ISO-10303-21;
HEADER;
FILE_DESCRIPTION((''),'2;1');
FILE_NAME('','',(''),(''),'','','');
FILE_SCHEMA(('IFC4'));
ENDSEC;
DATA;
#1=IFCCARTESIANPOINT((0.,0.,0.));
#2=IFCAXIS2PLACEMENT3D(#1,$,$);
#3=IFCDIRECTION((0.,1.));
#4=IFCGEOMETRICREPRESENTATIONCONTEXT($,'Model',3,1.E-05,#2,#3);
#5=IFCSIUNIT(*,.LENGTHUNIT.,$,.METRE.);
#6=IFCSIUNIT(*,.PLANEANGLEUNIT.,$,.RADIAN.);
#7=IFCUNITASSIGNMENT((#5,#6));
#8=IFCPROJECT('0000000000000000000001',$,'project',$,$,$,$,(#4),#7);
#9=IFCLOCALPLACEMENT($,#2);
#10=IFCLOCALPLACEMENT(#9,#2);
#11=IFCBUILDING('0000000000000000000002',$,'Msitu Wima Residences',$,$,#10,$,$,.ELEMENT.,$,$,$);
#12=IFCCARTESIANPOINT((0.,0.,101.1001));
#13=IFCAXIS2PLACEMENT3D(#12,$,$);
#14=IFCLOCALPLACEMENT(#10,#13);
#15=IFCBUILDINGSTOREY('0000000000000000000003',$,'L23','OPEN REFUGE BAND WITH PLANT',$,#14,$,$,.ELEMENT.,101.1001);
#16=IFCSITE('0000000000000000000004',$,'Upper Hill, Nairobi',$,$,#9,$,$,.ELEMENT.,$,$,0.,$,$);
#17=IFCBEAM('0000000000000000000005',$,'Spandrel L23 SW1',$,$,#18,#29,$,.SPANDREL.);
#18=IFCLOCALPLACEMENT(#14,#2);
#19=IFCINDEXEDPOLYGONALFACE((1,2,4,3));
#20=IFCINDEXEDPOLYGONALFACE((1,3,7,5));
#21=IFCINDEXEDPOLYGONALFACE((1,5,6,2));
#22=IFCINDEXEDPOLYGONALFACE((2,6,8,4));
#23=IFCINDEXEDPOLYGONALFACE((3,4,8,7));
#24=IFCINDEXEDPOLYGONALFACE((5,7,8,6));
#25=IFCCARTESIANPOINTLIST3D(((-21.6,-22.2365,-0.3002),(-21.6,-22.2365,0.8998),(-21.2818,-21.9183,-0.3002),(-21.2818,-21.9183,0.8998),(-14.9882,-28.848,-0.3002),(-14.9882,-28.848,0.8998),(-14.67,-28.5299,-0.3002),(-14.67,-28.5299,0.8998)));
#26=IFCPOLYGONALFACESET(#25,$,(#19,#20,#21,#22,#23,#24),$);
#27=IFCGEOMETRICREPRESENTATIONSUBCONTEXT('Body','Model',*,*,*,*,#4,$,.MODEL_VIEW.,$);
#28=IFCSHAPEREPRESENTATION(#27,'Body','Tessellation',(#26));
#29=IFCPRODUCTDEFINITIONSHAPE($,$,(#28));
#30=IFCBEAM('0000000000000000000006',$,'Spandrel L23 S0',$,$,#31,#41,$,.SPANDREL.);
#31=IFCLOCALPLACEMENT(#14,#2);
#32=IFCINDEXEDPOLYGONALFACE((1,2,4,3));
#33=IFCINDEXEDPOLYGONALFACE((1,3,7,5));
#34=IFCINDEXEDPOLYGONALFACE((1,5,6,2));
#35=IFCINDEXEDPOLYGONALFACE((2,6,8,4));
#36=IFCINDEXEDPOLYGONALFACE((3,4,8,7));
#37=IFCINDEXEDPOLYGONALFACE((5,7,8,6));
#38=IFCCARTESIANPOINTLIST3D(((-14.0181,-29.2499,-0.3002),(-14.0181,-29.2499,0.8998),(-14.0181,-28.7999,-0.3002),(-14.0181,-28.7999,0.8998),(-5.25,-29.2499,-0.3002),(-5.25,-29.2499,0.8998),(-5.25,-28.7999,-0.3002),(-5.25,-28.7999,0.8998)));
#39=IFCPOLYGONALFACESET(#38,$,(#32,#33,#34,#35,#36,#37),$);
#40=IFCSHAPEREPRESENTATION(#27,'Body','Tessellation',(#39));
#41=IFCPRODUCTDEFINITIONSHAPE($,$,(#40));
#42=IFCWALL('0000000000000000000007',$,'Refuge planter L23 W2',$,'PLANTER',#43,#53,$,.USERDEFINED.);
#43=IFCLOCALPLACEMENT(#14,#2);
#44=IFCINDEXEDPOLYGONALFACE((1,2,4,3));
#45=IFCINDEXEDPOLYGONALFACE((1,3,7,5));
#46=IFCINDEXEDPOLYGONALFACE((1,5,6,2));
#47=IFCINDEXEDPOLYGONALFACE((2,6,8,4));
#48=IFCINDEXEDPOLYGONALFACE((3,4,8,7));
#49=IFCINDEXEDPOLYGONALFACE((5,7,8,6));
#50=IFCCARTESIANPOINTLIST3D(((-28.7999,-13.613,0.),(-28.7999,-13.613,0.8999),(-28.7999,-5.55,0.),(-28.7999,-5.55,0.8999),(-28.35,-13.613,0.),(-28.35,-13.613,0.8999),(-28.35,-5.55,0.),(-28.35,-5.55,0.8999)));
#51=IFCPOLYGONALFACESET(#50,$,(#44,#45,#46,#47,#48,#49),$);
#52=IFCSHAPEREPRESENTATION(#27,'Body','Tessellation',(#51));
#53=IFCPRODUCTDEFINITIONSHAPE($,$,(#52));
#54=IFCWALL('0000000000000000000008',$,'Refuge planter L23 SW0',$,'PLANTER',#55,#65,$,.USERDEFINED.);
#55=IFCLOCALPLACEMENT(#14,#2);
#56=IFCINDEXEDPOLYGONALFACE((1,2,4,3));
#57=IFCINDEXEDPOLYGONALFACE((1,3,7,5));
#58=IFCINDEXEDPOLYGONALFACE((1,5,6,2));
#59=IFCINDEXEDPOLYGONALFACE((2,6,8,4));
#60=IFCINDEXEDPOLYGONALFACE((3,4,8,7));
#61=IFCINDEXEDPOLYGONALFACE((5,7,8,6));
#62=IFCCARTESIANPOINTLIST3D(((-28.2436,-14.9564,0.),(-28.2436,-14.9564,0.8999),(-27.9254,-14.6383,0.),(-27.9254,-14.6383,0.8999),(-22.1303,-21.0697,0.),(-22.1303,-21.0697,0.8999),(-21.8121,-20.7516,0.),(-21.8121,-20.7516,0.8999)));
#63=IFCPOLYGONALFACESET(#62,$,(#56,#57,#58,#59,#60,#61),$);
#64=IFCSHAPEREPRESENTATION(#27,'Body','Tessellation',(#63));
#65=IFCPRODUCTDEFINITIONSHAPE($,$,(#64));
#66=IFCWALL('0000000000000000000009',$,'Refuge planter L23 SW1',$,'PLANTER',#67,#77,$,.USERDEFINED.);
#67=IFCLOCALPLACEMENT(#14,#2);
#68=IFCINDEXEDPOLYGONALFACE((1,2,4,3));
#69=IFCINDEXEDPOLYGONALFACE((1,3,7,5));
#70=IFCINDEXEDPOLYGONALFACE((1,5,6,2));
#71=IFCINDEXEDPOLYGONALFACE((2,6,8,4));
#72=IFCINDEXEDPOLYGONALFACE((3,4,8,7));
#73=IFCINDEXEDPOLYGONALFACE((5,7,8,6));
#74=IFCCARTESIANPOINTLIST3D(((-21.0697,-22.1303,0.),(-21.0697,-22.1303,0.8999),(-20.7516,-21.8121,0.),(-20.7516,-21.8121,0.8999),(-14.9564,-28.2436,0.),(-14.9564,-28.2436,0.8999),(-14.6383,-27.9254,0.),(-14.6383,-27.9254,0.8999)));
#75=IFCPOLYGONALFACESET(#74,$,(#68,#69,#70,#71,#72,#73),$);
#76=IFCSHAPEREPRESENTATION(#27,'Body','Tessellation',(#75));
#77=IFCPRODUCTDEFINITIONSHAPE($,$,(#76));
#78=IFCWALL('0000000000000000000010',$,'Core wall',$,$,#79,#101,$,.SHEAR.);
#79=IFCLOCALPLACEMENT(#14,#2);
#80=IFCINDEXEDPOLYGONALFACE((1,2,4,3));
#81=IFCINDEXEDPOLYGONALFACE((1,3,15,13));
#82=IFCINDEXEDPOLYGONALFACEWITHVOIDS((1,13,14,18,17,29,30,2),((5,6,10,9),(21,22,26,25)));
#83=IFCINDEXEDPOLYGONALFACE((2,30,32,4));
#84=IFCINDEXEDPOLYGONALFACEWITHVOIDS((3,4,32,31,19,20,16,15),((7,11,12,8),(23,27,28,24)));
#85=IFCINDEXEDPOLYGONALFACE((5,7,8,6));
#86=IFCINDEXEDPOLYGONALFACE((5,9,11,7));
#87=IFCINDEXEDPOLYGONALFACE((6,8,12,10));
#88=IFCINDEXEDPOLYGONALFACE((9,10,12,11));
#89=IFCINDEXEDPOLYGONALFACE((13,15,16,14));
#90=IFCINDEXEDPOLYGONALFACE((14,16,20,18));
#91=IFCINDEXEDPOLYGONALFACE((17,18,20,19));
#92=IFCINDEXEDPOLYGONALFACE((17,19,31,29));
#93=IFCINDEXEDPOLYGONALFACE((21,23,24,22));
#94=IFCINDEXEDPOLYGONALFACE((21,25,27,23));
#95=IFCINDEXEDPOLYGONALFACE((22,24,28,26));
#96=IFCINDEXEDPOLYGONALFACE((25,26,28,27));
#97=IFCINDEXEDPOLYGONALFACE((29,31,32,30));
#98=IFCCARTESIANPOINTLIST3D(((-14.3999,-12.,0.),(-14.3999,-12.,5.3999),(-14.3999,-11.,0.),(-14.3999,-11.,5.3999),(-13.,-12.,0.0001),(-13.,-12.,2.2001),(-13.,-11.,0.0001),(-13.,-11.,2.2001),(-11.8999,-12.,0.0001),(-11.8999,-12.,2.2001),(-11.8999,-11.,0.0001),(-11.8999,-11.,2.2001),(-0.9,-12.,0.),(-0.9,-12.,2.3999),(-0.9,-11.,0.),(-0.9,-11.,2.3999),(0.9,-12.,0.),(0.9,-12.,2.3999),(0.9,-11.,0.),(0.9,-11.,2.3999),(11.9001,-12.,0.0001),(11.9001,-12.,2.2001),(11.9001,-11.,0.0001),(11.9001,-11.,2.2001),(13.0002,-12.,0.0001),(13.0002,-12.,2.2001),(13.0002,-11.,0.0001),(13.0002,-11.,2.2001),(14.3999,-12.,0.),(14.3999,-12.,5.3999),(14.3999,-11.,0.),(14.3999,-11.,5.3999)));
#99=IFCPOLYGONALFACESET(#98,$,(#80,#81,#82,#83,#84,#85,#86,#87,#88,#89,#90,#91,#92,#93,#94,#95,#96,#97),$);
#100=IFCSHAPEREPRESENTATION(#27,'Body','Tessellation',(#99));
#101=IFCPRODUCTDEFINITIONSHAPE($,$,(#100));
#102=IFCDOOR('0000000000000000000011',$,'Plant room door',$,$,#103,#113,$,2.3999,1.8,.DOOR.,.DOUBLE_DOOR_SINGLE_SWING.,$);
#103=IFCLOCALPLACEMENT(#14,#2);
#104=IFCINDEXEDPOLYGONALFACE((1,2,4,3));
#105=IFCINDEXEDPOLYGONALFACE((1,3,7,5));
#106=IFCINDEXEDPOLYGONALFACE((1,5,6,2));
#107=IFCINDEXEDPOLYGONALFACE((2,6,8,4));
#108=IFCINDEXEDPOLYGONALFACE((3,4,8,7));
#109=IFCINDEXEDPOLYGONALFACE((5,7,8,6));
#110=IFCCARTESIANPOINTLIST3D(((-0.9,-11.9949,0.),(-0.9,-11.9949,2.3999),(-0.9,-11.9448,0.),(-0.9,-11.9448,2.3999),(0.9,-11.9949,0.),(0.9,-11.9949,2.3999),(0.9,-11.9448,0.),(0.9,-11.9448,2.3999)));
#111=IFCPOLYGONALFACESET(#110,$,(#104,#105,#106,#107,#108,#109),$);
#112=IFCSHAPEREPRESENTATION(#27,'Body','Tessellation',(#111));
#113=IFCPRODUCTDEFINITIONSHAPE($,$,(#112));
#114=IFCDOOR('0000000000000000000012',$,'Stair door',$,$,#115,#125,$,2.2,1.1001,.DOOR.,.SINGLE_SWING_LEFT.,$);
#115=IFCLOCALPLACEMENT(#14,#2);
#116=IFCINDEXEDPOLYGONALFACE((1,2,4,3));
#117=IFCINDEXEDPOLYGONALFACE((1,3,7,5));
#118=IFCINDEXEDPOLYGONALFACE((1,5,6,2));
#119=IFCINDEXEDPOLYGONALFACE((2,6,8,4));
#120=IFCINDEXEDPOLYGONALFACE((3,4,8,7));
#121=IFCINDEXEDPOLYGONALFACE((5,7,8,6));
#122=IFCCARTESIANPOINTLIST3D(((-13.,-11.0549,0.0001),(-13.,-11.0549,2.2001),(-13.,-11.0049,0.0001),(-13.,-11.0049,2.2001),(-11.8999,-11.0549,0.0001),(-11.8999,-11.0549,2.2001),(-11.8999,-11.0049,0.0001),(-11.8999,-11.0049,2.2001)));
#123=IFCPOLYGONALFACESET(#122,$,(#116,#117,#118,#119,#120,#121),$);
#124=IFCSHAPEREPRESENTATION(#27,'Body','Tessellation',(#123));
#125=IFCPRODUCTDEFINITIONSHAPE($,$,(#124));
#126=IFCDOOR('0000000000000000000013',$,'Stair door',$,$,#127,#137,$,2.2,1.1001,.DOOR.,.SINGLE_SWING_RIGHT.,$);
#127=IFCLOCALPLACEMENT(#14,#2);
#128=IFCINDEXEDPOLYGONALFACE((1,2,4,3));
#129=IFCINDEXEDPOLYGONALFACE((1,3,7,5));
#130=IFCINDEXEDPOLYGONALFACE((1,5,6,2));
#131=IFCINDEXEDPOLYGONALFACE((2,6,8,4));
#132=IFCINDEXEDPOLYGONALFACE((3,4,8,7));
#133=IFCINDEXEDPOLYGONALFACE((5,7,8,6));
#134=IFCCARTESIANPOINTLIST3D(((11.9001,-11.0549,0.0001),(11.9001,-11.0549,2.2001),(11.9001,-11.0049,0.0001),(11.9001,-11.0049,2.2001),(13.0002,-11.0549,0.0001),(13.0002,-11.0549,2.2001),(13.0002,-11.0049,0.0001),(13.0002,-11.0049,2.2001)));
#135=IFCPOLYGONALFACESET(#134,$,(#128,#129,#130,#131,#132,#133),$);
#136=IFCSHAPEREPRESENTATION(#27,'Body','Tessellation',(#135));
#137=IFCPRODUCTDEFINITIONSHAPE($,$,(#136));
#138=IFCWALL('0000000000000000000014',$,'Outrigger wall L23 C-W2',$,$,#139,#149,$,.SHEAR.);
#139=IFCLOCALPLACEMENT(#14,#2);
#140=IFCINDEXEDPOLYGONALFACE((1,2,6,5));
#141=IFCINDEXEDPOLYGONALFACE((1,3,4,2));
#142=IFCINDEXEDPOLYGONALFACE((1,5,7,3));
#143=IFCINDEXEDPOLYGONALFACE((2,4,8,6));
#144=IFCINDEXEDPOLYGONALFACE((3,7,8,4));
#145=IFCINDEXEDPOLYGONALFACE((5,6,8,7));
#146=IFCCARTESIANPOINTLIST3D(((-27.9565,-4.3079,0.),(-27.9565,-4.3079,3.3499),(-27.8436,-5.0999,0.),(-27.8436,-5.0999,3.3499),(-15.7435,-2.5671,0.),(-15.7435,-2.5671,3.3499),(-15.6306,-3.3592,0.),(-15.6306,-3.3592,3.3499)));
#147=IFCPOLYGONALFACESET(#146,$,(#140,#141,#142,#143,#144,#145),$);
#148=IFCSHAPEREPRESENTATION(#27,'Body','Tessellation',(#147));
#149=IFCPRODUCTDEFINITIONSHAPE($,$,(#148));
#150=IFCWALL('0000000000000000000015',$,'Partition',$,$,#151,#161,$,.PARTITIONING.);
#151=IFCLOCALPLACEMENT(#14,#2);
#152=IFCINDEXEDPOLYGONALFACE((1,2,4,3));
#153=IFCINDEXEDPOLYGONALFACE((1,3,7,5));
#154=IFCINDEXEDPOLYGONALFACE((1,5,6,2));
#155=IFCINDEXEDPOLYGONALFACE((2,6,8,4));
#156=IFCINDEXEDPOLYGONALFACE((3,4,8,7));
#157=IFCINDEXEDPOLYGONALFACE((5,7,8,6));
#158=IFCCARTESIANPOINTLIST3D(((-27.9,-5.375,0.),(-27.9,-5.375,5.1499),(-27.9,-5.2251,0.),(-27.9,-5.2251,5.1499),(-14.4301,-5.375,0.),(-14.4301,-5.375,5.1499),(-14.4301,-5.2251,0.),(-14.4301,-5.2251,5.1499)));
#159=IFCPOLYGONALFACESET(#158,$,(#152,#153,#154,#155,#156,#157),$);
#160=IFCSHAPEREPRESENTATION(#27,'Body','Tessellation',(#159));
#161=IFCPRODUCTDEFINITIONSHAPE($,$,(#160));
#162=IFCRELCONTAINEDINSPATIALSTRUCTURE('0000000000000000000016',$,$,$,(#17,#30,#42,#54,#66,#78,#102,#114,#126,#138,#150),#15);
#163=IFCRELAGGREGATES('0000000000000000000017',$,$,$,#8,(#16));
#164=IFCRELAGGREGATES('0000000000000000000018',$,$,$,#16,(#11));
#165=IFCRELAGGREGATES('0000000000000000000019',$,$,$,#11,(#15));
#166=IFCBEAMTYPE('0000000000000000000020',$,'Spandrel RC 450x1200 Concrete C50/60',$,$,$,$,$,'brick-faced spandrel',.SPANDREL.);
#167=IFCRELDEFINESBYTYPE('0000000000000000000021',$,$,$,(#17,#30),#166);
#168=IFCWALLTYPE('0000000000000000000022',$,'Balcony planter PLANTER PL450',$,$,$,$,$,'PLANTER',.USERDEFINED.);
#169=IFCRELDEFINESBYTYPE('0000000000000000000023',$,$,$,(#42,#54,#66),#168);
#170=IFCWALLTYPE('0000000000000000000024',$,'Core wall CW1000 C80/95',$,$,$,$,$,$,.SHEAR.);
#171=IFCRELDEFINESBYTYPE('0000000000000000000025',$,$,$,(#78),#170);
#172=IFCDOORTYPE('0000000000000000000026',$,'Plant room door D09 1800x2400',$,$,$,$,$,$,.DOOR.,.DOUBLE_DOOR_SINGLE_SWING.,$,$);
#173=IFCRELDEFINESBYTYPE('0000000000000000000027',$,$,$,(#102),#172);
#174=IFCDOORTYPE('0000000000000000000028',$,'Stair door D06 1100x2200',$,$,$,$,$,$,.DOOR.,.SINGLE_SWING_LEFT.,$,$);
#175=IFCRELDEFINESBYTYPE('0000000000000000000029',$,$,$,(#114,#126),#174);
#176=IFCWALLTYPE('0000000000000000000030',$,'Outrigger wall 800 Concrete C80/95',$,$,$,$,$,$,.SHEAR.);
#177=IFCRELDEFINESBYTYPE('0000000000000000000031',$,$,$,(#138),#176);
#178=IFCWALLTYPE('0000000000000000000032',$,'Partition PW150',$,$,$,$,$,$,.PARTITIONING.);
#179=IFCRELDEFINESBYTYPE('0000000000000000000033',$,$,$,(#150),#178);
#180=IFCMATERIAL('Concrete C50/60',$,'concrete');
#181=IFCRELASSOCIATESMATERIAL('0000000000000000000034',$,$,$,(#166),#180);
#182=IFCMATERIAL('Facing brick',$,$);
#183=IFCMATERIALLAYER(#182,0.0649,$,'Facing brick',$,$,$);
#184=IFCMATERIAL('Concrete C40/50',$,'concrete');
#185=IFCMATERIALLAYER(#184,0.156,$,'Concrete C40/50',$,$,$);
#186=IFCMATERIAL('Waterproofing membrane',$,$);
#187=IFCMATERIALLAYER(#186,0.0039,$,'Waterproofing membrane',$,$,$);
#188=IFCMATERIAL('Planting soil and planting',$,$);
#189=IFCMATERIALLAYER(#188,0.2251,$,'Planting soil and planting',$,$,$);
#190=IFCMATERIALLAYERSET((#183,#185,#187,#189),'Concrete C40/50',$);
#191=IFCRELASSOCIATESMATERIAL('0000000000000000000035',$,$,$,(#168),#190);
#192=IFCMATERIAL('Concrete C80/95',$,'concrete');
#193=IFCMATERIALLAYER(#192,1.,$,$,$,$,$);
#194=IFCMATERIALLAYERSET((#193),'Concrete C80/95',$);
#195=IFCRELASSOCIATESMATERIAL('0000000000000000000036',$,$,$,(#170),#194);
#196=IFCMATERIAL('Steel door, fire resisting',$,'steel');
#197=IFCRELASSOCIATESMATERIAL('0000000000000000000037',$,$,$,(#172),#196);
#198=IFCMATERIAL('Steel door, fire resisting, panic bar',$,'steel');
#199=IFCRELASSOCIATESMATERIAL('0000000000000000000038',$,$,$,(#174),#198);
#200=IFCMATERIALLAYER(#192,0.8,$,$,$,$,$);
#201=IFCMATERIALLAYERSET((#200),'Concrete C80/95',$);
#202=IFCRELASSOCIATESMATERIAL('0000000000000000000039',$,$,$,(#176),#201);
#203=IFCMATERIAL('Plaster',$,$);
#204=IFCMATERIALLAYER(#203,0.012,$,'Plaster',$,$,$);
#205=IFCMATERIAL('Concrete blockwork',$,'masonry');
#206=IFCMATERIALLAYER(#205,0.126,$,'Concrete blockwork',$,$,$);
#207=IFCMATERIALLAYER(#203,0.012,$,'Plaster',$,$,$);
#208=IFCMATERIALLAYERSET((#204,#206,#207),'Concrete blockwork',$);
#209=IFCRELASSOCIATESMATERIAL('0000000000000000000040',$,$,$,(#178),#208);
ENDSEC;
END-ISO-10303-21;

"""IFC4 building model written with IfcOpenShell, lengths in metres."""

from ifc_helpers import new_model, si_unit, direction, frame, frame_2d, origin, origin_2d, place, context, subcontext, project, spatial, rectangle, extrude, material, layer, layer_set, material_profile, profile_set, type_object, element, fill, save


model = new_model("IFC4")

# Units and contexts
model_context = context("Model", 3, precision=1e-05, world=origin(), true_north=direction((0.0, 1.0)))
body_context = subcontext(model_context, "Body", "Model", "MODEL_VIEW")
ifc_project = project(units=[si_unit("LENGTHUNIT", "METRE"), si_unit("PLANEANGLEUNIT", "RADIAN")], contexts=[model_context])

# Site, building, storey
site_placement = place(None, origin())
site = spatial("IfcSite", under=ifc_project, at=site_placement, Name="Upper Hill, Nairobi", CompositionType="ELEMENT", RefElevation=0.0)
building_placement = place(site_placement, origin())
building = spatial("IfcBuilding", under=site, at=building_placement, Name="Msitu Wima Residences", CompositionType="ELEMENT")
storey_placement = place(building_placement, frame((0.0, 0.0, 101.1001)))
storey = spatial("IfcBuildingStorey", under=building, at=storey_placement, Name="L23", Description="OPEN REFUGE BAND WITH PLANT", CompositionType="ELEMENT", Elevation=101.1001)

# Shared definitions
ifc_material_1 = material(Name="Concrete C80/95", Category="concrete")

# Beams
ifc_material_2 = material(Name="Concrete C50/60", Category="concrete")
ifc_material_profile_1 = material_profile(ifc_material_2, rectangle(XDim=0.45, YDim=1.2, at=origin_2d()), Name="RC 450x1200")
ifc_profile_set_1 = profile_set([ifc_material_profile_1], Name="Concrete C50/60")
beam_type_1 = type_object("IfcBeamType", Name="Spandrel RC 450x1200 Concrete C50/60", ElementType="brick-faced spandrel", PredefinedType="SPANDREL", material=ifc_profile_set_1)
for number, where, z_axis, x_axis, name in (
    (1, (-21.4409, -22.0774, 0.2998), (0.70712, -0.707094, 0.0), (0.707094, 0.70712, 0.0), "Spandrel L23 SW1"),
):
    element("IfcBeam", number, at=place(storey_placement, frame(where, z_axis=z_axis, x_axis=x_axis)), inside=storey, type_object=beam_type_1, Name=name, PredefinedType="SPANDREL", context=body_context, shape_type="SweptSolid", body=[
        extrude(rectangle(XDim=0.45, YDim=1.2, at=origin_2d()), origin(), (0.0, 0.0, 1.0), 9.3503),
    ])
beam_1_placement = place(storey_placement, frame((-14.0181, -29.0249, 0.2998), z_axis=(1.0, 0.0, 0.0), x_axis=(0.0, 1.0, 0.0)))
element("IfcBeam", 2, at=beam_1_placement, inside=storey, type_object=beam_type_1, Name="Spandrel L23 S0", PredefinedType="SPANDREL", context=body_context, shape_type="SweptSolid", body=[
    extrude(rectangle(XDim=0.45, YDim=1.2, at=origin_2d()), origin(), (0.0, 0.0, 1.0), 8.7681),
])

# Walls
ifc_material_3 = material(Name="Facing brick")
ifc_layer_1 = layer(ifc_material_3, 0.0649, Name="Facing brick")
ifc_material_4 = material(Name="Concrete C40/50", Category="concrete")
ifc_layer_2 = layer(ifc_material_4, 0.156, Name="Concrete C40/50")
ifc_material_5 = material(Name="Waterproofing membrane")
ifc_layer_3 = layer(ifc_material_5, 0.0039, Name="Waterproofing membrane")
ifc_material_6 = material(Name="Planting soil and planting")
ifc_layer_4 = layer(ifc_material_6, 0.2251, Name="Planting soil and planting")
ifc_layer_set_1 = layer_set([ifc_layer_1, ifc_layer_2, ifc_layer_3, ifc_layer_4], Name="Concrete C40/50")
wall_type_1 = type_object("IfcWallType", Name="Balcony planter PLANTER PL450", ElementType="PLANTER", PredefinedType="USERDEFINED", material=ifc_layer_set_1)
wall_1_placement = place(storey_placement, frame((-28.575, -5.55, 0.0), z_axis=(0.0, 0.0, 1.0), x_axis=(0.0, -1.0, 0.0)))
element("IfcWall", 3, at=wall_1_placement, inside=storey, type_object=wall_type_1, Name="Refuge planter L23 W2", ObjectType="PLANTER", PredefinedType="USERDEFINED", context=body_context, shape_type="SweptSolid", body=[
    extrude(rectangle(XDim=8.063, YDim=0.45, at=frame_2d((4.0315, 0.0))), origin(), (0.0, 0.0, 1.0), 0.8999),
])
for number, where, z_axis, x_axis, name in (
    (4, (-28.0845, -14.7974, 0.0), (0.0, 0.0, 1.0), (0.707107, -0.707107, 0.0), "Refuge planter L23 SW0"),
    (5, (-20.9106, -21.9712, 0.0), (0.0, 0.0, 1.0), (0.707107, -0.707107, 0.0), "Refuge planter L23 SW1"),
):
    element("IfcWall", number, at=place(storey_placement, frame(where, z_axis=z_axis, x_axis=x_axis)), inside=storey, type_object=wall_type_1, Name=name, ObjectType="PLANTER", PredefinedType="USERDEFINED", context=body_context, shape_type="SweptSolid", body=[
        extrude(rectangle(XDim=8.6455, YDim=0.45, at=frame_2d((4.3228, 0.0))), origin(), (0.0, 0.0, 1.0), 0.8999),
    ])

# Wall, openings, doors
ifc_layer_5 = layer(ifc_material_1, 1.0)
ifc_layer_set_2 = layer_set([ifc_layer_5], Name="Concrete C80/95")
wall_type_2 = type_object("IfcWallType", Name="Core wall CW1000 C80/95", PredefinedType="SHEAR", material=ifc_layer_set_2)
wall_2_placement = place(storey_placement, frame((-14.3999, -11.5, 0.0), z_axis=(0.0, 0.0, 1.0), x_axis=(1.0, 0.0, 0.0)))
wall_2 = element("IfcWall", 6, at=wall_2_placement, inside=storey, type_object=wall_type_2, Name="Core wall", PredefinedType="SHEAR", context=body_context, shape_type="SweptSolid", body=[
    extrude(rectangle(XDim=28.7998, YDim=1.0, at=frame_2d((14.3999, 0.0))), origin(), (0.0, 0.0, 1.0), 5.3999),
])
opening_1_placement = place(wall_2_placement, frame((1.3999, 0.0, 0.0)))
opening_1 = element("IfcOpeningElement", 7, at=opening_1_placement, cuts=wall_2, PredefinedType="OPENING", context=body_context, shape_type="SweptSolid", body=[
    extrude(rectangle(XDim=1.1001, YDim=2.2, at=frame_2d((0.55, 1.1001))), frame((0.0, 0.51, 0.0), z_axis=(0.0, -1.0, 0.0), x_axis=(1.0, 0.0, 0.0)), (0.0, 0.0, 1.0), 1.02),
])
opening_2_placement = place(wall_2_placement, frame((26.3, 0.0, 0.0)))
opening_2 = element("IfcOpeningElement", 8, at=opening_2_placement, cuts=wall_2, PredefinedType="OPENING", context=body_context, shape_type="SweptSolid", body=[
    extrude(rectangle(XDim=1.1001, YDim=2.2, at=frame_2d((0.55, 1.1001))), frame((0.0, 0.51, 0.0), z_axis=(0.0, -1.0, 0.0), x_axis=(1.0, 0.0, 0.0)), (0.0, 0.0, 1.0), 1.02),
])
opening_3_placement = place(wall_2_placement, frame((13.5, 0.0, 0.0)))
opening_3 = element("IfcOpeningElement", 9, at=opening_3_placement, cuts=wall_2, PredefinedType="OPENING", context=body_context, shape_type="SweptSolid", body=[
    extrude(rectangle(XDim=1.8, YDim=2.3999, at=frame_2d((0.8999, 1.2))), frame((0.0, 0.51, 0.0), z_axis=(0.0, -1.0, 0.0), x_axis=(1.0, 0.0, 0.0)), (0.0, 0.0, 1.0), 1.02),
])
ifc_material_7 = material(Name="Steel door, fire resisting", Category="steel")
door_type_1 = type_object("IfcDoorType", Name="Plant room door D09 1800x2400", OperationType="DOUBLE_DOOR_SINGLE_SWING", PredefinedType="DOOR", material=ifc_material_7)
door_1_placement = place(opening_3_placement, origin())
door_1 = element("IfcDoor", 10, at=door_1_placement, inside=storey, type_object=door_type_1, Name="Plant room door", OperationType="DOUBLE_DOOR_SINGLE_SWING", OverallHeight=2.3999, OverallWidth=1.8, PredefinedType="DOOR", context=body_context, shape_type="SweptSolid", body=[
    extrude(rectangle(XDim=1.8, YDim=2.3999, at=frame_2d((0.8999, 1.2))), frame((0.0, -0.4448, 0.0), z_axis=(0.0, -1.0, 0.0), x_axis=(1.0, 0.0, 0.0)), (0.0, 0.0, 1.0), 0.05),
])
fill(opening_3, door_1)
ifc_material_8 = material(Name="Steel door, fire resisting, panic bar", Category="steel")
door_type_2 = type_object("IfcDoorType", Name="Stair door D06 1100x2200", OperationType="SINGLE_SWING_LEFT", PredefinedType="DOOR", material=ifc_material_8)
door_2_placement = place(opening_1_placement, origin())
door_2 = element("IfcDoor", 11, at=door_2_placement, inside=storey, type_object=door_type_2, Name="Stair door", OperationType="SINGLE_SWING_LEFT", OverallHeight=2.2, OverallWidth=1.1001, PredefinedType="DOOR", context=body_context, shape_type="SweptSolid", body=[
    extrude(rectangle(XDim=1.1001, YDim=2.2, at=frame_2d((0.55, 1.1001))), frame((0.0, 0.4951, 0.0), z_axis=(0.0, -1.0, 0.0), x_axis=(1.0, 0.0, 0.0)), (0.0, 0.0, 1.0), 0.05),
])
fill(opening_1, door_2)
door_3_placement = place(opening_2_placement, origin())
door_3 = element("IfcDoor", 12, at=door_3_placement, inside=storey, type_object=door_type_2, Name="Stair door", OperationType="SINGLE_SWING_RIGHT", OverallHeight=2.2, OverallWidth=1.1001, PredefinedType="DOOR", context=body_context, shape_type="SweptSolid", body=[
    extrude(rectangle(XDim=1.1001, YDim=2.2, at=frame_2d((0.55, 1.1001))), frame((0.0, 0.4951, 0.0), z_axis=(0.0, -1.0, 0.0), x_axis=(1.0, 0.0, 0.0)), (0.0, 0.0, 1.0), 0.05),
])
fill(opening_2, door_3)

# Walls
ifc_layer_6 = layer(ifc_material_1, 0.8)
ifc_layer_set_3 = layer_set([ifc_layer_6], Name="Concrete C80/95")
wall_type_3 = type_object("IfcWallType", Name="Outrigger wall 800 Concrete C80/95", PredefinedType="SHEAR", material=ifc_layer_set_3)
wall_3_placement = place(storey_placement, frame((-15.687, -2.9631, 0.0), z_axis=(0.0, 0.0, 1.0), x_axis=(-0.989995, -0.141105, 0.0)))
element("IfcWall", 13, at=wall_3_placement, inside=storey, type_object=wall_type_3, Name="Outrigger wall L23 C-W2", PredefinedType="SHEAR", context=body_context, shape_type="SweptSolid", body=[
    extrude(rectangle(XDim=12.3364, YDim=0.8, at=frame_2d((6.1682, 0.0))), origin(), (0.0, 0.0, 1.0), 3.3499),
])
ifc_material_9 = material(Name="Plaster")
ifc_layer_7 = layer(ifc_material_9, 0.012, Name="Plaster")
ifc_material_10 = material(Name="Concrete blockwork", Category="masonry")
ifc_layer_8 = layer(ifc_material_10, 0.126, Name="Concrete blockwork")
ifc_layer_9 = layer(ifc_material_9, 0.012, Name="Plaster")
ifc_layer_set_4 = layer_set([ifc_layer_7, ifc_layer_8, ifc_layer_9], Name="Concrete blockwork")
wall_type_4 = type_object("IfcWallType", Name="Partition PW150", PredefinedType="PARTITIONING", material=ifc_layer_set_4)
wall_4_placement = place(storey_placement, frame((-27.8999, -5.3, 0.0), z_axis=(0.0, 0.0, 1.0), x_axis=(1.0, 0.0, 0.0)))
element("IfcWall", 14, at=wall_4_placement, inside=storey, type_object=wall_type_4, Name="Partition", PredefinedType="PARTITIONING", context=body_context, shape_type="SweptSolid", body=[
    extrude(rectangle(XDim=13.47, YDim=0.1499, at=frame_2d((6.7349, 0.0))), origin(), (0.0, 0.0, 1.0), 5.1499),
])

save(model, "model.ifc")
